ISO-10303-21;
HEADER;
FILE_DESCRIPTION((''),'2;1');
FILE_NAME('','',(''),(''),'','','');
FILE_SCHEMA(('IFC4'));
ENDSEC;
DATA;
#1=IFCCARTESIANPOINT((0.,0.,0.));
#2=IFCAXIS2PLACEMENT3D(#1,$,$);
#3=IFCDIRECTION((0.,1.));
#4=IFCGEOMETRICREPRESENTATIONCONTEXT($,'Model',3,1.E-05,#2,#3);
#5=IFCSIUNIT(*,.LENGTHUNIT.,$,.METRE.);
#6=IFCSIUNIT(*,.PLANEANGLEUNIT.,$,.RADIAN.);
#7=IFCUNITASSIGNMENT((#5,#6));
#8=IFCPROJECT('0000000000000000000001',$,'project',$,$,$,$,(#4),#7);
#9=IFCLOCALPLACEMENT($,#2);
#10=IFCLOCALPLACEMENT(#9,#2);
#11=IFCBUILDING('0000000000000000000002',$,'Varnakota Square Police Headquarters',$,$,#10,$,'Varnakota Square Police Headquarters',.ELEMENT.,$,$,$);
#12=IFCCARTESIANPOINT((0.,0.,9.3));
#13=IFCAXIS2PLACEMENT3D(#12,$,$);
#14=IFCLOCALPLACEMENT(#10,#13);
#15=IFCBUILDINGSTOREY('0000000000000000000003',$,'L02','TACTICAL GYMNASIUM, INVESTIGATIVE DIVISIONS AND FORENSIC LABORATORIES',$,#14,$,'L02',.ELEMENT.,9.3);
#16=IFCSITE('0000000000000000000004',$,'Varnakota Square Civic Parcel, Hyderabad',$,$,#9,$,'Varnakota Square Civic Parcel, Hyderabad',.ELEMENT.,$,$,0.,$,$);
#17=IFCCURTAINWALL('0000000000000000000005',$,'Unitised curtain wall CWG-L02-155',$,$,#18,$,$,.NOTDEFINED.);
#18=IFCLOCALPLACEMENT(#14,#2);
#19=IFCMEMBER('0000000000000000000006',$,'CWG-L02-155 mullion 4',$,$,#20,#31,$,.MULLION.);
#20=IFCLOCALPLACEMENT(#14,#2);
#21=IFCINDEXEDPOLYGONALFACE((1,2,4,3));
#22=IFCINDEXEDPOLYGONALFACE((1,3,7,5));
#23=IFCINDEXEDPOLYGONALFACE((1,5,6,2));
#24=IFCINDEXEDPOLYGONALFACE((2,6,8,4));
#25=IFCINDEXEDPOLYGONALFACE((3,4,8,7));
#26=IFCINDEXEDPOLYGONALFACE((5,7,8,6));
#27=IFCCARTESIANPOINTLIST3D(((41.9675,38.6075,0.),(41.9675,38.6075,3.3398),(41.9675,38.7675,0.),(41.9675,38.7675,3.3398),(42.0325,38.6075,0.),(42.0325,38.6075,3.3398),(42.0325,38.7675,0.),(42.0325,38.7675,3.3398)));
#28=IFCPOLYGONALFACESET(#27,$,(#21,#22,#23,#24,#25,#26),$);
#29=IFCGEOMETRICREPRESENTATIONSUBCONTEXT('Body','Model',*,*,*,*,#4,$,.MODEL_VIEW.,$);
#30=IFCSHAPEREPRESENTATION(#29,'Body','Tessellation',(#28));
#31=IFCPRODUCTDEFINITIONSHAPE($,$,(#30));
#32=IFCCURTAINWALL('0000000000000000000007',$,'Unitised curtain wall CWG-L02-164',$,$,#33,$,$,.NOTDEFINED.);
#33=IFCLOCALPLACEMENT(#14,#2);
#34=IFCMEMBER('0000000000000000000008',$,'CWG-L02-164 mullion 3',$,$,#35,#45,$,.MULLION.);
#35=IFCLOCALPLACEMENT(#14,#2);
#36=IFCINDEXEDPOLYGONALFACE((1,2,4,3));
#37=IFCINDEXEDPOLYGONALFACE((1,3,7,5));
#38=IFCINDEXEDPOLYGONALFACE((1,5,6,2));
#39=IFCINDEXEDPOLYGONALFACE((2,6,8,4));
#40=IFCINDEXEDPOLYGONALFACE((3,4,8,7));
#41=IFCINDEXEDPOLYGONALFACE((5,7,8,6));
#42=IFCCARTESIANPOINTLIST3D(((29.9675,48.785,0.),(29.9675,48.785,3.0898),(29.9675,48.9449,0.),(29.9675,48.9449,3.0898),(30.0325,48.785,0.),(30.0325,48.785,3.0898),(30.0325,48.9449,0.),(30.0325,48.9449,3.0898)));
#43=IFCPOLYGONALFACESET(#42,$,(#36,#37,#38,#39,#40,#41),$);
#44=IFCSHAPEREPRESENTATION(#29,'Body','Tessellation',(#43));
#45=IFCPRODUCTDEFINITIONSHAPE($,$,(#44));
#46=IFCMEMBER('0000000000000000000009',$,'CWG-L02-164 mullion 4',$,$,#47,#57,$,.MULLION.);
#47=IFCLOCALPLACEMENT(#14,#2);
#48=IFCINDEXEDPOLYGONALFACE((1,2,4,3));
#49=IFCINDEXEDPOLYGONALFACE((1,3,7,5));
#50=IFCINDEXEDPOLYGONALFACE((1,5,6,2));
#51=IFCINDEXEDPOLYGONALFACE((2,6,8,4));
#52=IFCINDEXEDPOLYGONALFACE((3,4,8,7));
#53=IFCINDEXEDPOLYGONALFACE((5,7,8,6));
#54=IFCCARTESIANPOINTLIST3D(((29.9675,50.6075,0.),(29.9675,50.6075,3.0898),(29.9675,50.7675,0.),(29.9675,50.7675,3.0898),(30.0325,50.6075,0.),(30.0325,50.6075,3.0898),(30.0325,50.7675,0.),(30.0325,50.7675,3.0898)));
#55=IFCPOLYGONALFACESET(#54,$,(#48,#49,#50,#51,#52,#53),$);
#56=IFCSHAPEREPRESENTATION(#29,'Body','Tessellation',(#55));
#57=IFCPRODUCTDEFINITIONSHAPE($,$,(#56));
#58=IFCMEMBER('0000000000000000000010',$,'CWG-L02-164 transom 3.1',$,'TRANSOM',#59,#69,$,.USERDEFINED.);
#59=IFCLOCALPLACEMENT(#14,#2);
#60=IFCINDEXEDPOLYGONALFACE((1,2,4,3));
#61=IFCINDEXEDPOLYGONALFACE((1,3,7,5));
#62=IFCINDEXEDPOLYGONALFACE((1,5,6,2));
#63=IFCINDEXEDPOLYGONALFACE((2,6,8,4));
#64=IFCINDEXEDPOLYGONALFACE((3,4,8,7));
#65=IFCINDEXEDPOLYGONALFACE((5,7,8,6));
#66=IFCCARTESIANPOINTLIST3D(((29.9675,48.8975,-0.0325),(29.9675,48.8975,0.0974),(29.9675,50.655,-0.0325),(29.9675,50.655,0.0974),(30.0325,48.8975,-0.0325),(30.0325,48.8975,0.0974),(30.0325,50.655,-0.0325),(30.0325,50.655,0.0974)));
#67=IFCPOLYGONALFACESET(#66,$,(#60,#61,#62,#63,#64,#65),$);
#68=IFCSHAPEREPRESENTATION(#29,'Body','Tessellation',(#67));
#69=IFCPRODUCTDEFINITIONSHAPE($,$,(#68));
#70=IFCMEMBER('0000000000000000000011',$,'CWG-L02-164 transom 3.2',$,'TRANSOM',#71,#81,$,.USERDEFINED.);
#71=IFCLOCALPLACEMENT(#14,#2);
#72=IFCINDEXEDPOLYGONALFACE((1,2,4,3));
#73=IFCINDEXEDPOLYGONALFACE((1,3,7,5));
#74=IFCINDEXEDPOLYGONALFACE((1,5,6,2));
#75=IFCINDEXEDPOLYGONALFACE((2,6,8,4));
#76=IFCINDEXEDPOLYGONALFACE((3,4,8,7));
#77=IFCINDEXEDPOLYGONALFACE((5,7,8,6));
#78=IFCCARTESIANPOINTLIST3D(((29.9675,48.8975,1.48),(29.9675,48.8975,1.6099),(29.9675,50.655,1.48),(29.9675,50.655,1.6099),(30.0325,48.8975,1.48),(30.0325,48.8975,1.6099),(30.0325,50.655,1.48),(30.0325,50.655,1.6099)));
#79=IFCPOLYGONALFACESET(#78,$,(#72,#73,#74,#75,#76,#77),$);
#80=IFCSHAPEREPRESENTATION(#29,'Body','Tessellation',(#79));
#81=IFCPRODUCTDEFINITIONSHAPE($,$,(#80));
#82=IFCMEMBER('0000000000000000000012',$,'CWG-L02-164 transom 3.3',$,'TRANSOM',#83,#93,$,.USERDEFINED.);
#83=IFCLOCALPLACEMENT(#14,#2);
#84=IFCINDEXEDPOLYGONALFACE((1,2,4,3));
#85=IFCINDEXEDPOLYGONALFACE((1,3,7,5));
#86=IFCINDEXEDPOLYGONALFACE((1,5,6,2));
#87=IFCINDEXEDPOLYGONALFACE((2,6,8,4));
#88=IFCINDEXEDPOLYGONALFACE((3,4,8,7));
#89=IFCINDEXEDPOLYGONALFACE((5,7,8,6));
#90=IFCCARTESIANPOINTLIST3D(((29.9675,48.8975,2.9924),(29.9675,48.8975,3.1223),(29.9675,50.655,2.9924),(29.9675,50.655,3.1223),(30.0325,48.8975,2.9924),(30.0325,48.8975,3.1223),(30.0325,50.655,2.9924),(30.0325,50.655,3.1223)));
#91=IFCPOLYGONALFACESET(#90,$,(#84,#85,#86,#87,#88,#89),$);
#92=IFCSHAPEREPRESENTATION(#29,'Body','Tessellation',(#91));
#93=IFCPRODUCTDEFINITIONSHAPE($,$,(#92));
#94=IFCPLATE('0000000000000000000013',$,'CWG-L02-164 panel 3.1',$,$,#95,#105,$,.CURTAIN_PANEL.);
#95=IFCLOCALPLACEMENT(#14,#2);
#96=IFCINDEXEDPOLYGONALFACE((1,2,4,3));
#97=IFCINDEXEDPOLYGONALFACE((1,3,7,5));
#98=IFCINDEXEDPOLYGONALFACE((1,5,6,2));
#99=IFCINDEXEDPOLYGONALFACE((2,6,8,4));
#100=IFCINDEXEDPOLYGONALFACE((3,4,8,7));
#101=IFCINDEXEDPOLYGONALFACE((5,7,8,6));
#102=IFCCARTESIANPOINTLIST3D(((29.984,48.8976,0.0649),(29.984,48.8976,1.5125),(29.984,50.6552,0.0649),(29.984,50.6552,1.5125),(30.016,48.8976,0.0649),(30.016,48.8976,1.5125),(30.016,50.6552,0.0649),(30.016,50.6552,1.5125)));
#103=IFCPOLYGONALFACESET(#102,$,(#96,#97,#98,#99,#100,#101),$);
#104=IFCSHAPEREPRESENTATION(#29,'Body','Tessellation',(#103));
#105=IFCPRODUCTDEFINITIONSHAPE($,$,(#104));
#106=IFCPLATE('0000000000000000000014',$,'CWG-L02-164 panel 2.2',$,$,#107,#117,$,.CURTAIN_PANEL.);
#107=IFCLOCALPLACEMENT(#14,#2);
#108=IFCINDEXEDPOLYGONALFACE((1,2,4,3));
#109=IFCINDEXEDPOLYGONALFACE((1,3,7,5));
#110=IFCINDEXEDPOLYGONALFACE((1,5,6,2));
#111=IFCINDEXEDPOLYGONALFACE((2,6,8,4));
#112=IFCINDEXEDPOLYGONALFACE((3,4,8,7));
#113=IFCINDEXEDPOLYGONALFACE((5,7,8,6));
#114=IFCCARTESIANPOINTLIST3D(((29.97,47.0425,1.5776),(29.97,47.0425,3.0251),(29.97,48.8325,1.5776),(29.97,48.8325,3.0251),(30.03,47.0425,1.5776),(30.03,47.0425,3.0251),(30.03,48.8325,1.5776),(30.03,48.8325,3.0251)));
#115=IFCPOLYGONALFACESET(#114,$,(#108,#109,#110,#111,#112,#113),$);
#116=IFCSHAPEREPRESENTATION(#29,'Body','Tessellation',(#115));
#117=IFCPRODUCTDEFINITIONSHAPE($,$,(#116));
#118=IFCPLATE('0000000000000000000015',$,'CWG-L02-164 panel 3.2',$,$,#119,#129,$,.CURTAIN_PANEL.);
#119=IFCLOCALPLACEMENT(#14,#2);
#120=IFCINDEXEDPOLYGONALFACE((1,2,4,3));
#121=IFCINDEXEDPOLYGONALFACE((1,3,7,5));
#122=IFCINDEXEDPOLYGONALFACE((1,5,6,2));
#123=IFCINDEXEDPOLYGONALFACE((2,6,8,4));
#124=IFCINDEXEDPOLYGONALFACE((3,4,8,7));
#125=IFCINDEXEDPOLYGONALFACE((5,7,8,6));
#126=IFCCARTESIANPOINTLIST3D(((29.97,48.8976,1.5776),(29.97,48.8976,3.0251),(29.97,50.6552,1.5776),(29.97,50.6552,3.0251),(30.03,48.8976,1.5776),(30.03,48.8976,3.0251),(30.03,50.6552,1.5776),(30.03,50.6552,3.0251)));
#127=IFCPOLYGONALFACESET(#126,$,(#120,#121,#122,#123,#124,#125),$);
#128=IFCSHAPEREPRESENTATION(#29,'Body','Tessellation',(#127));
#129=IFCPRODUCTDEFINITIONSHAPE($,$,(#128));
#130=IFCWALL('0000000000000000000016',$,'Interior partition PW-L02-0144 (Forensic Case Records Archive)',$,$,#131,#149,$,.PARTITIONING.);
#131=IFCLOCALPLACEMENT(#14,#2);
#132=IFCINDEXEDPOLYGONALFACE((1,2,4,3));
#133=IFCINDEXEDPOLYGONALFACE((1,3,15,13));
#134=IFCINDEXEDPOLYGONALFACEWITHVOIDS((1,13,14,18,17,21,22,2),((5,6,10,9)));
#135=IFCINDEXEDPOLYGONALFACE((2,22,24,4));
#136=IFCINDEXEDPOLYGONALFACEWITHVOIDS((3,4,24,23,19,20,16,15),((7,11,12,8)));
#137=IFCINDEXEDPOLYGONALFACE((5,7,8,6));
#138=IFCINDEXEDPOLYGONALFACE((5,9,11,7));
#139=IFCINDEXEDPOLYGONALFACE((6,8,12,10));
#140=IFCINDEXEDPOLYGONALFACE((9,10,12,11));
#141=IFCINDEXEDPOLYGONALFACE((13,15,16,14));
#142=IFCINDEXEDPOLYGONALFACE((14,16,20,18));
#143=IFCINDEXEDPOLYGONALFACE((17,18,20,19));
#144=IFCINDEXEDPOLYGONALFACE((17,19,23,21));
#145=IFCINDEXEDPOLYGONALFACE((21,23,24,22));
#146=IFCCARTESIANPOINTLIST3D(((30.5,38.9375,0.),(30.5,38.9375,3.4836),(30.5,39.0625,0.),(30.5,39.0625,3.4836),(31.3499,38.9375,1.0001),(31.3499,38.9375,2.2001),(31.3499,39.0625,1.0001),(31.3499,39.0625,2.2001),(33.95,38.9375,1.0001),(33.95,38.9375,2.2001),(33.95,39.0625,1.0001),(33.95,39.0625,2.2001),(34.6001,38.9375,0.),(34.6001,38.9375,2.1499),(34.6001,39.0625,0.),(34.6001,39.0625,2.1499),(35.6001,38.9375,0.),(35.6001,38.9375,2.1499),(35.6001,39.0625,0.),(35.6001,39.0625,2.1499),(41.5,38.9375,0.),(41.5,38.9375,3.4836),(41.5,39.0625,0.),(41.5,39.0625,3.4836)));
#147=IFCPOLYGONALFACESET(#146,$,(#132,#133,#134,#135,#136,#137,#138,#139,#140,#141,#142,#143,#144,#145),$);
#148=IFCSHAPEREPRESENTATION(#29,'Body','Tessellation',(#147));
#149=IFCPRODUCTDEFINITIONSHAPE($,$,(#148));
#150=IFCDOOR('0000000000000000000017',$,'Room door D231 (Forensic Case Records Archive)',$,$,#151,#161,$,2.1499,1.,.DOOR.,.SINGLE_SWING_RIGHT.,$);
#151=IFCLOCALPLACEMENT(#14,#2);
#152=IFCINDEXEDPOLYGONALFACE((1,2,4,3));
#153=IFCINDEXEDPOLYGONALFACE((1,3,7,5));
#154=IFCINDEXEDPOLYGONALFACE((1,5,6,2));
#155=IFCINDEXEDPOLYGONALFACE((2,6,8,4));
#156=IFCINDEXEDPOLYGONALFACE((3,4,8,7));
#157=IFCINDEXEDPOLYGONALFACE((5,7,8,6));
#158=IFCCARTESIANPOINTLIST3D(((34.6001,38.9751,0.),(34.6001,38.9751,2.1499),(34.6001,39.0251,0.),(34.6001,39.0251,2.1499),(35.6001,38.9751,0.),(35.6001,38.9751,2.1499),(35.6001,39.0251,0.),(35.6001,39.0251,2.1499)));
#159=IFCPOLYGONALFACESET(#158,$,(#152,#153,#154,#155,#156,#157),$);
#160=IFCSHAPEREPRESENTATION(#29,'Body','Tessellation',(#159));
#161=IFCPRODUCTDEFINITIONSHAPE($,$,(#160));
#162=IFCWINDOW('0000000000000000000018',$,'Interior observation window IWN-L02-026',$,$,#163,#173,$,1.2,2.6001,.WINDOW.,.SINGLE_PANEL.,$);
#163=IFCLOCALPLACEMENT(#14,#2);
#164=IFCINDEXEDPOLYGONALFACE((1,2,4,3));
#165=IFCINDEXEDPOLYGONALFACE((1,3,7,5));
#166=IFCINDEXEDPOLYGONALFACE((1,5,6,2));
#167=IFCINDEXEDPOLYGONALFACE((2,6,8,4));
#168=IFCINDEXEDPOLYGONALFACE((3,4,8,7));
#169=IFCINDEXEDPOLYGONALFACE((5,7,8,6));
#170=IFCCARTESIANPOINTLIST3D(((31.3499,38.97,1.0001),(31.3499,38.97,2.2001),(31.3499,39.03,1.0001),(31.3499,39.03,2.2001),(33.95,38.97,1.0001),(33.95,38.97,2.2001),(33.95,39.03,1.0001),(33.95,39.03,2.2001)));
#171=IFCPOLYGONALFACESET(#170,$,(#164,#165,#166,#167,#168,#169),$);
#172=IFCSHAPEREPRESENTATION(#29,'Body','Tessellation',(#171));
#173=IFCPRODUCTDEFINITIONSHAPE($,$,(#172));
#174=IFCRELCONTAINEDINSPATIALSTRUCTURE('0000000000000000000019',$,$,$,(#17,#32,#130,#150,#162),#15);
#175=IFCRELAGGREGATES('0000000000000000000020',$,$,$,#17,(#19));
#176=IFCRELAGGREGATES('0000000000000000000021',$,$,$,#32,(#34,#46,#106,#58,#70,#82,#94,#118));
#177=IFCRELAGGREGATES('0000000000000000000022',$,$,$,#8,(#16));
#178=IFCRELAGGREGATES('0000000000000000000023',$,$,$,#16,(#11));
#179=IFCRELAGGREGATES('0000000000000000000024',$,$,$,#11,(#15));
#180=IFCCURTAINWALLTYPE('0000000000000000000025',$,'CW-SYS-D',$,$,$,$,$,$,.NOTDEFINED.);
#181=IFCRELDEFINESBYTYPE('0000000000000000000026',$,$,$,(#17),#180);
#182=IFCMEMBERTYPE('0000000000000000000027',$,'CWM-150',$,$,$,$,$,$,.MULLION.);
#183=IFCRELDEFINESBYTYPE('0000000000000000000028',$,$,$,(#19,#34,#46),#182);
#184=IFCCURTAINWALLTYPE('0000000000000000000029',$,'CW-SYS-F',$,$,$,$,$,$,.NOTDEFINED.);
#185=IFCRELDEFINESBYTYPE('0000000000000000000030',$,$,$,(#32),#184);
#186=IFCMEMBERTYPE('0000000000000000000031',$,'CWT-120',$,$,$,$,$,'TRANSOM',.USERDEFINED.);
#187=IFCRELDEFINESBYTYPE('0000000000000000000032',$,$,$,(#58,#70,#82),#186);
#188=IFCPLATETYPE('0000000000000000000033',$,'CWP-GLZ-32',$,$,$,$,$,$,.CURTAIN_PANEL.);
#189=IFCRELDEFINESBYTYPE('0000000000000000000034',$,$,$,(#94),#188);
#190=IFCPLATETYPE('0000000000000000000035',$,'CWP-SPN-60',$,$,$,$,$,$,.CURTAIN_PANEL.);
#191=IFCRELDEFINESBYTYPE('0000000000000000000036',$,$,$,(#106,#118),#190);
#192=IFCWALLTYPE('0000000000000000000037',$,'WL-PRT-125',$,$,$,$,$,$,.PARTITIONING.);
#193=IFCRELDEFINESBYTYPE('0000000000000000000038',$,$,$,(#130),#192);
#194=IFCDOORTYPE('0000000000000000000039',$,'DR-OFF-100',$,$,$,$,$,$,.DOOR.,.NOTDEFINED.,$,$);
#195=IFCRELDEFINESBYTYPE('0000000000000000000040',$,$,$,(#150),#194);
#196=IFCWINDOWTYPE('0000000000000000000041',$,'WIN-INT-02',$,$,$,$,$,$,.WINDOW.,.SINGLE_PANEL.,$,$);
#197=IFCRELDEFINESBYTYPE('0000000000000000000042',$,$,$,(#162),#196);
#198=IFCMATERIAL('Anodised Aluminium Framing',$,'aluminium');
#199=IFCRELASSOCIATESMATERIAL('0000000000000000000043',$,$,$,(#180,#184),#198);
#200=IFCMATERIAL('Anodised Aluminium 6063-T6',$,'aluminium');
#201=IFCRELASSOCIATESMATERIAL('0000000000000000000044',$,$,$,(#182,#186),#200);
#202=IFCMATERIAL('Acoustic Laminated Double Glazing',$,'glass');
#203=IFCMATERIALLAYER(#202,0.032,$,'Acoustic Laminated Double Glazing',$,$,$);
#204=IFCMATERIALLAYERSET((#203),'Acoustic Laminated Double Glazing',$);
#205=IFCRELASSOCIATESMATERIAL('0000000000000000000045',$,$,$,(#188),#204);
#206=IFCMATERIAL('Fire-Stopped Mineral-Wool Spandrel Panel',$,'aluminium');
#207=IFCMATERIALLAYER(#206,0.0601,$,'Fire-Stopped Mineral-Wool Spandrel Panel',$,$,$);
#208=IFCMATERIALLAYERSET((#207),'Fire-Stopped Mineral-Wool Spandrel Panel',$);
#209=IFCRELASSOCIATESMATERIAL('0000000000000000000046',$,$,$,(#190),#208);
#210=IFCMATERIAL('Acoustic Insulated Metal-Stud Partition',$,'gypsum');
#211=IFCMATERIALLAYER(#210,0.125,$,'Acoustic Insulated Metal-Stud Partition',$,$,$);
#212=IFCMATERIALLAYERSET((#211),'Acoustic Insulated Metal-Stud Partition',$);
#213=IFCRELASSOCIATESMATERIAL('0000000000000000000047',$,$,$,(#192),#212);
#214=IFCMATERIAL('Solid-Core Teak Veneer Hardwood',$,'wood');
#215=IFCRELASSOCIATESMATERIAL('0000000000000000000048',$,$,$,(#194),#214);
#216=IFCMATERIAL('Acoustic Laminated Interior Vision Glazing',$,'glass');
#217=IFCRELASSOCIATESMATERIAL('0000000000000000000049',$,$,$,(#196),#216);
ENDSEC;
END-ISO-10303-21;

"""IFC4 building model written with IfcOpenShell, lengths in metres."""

from ifc_helpers import new_model, si_unit, direction, frame, frame_2d, origin, origin_2d, place, context, subcontext, project, spatial, rectangle, extrude, material, layer, layer_set, material_profile, profile_set, type_object, element, fill, aggregate, save


model = new_model("IFC4")

# Units and contexts
model_context = context("Model", 3, precision=1e-05, world=origin(), true_north=direction((0.0, 1.0)))
body_context = subcontext(model_context, "Body", "Model", "MODEL_VIEW")
ifc_project = project(units=[si_unit("LENGTHUNIT", "METRE"), si_unit("PLANEANGLEUNIT", "RADIAN")], contexts=[model_context])

# Site, building, storey
site_placement = place(None, origin())
site = spatial("IfcSite", under=ifc_project, at=site_placement, Name="Varnakota Square Civic Parcel, Hyderabad", LongName="Varnakota Square Civic Parcel, Hyderabad", CompositionType="ELEMENT", RefElevation=0.0)
building_placement = place(site_placement, origin())
building = spatial("IfcBuilding", under=site, at=building_placement, Name="Varnakota Square Police Headquarters", LongName="Varnakota Square Police Headquarters", CompositionType="ELEMENT")
storey_placement = place(building_placement, frame((0.0, 0.0, 9.3)))
storey = spatial("IfcBuildingStorey", under=building, at=storey_placement, Name="L02", Description="TACTICAL GYMNASIUM, INVESTIGATIVE DIVISIONS AND FORENSIC LABORATORIES", LongName="L02", CompositionType="ELEMENT", Elevation=9.3)

# Curtain wall, member
ifc_material_1 = material(Name="Anodised Aluminium Framing", Category="aluminium")
curtain_wall_type_1 = type_object("IfcCurtainWallType", Name="CW-SYS-D", PredefinedType="NOTDEFINED", material=ifc_material_1)
curtain_wall_1_placement = place(storey_placement, origin())
curtain_wall_1 = element("IfcCurtainWall", 1, at=curtain_wall_1_placement, inside=storey, type_object=curtain_wall_type_1, Name="Unitised curtain wall CWG-L02-155", PredefinedType="NOTDEFINED")
ifc_material_2 = material(Name="Anodised Aluminium 6063-T6", Category="aluminium")
ifc_material_profile_1 = material_profile(ifc_material_2, rectangle(XDim=0.0649, YDim=0.1599, at=origin_2d()), Name="ALU MULLION 65x160")
ifc_profile_set_1 = profile_set([ifc_material_profile_1], Name="Anodised Aluminium 6063-T6")
member_type_1 = type_object("IfcMemberType", Name="CWM-150", PredefinedType="MULLION", material=ifc_profile_set_1)
member_1_placement = place(storey_placement, frame((42.0, 38.6875, 0.0), z_axis=(0.0, 0.0, 1.0), x_axis=(-1.0, 0.0, 0.0)))
member_1 = element("IfcMember", 2, at=member_1_placement, type_object=member_type_1, Name="CWG-L02-155 mullion 4", PredefinedType="MULLION", context=body_context, shape_type="SweptSolid", body=[
    extrude(rectangle(XDim=0.0649, YDim=0.1599, at=origin_2d()), origin(), (0.0, 0.0, 1.0), 3.3398),
])
aggregate(curtain_wall_1, [member_1])

# Curtain wall, members, plates
curtain_wall_type_2 = type_object("IfcCurtainWallType", Name="CW-SYS-F", PredefinedType="NOTDEFINED", material=ifc_material_1)
curtain_wall_2_placement = place(storey_placement, origin())
curtain_wall_2 = element("IfcCurtainWall", 3, at=curtain_wall_2_placement, inside=storey, type_object=curtain_wall_type_2, Name="Unitised curtain wall CWG-L02-164", PredefinedType="NOTDEFINED")
member_2_placement = place(storey_placement, frame((30.0, 48.865, 0.0), z_axis=(0.0, 0.0, 1.0), x_axis=(-1.0, 0.0, 0.0)))
member_2 = element("IfcMember", 4, at=member_2_placement, type_object=member_type_1, Name="CWG-L02-164 mullion 3", PredefinedType="MULLION", context=body_context, shape_type="SweptSolid", body=[
    extrude(rectangle(XDim=0.0649, YDim=0.1599, at=origin_2d()), origin(), (0.0, 0.0, 1.0), 3.0898),
])
member_3_placement = place(storey_placement, frame((30.0, 50.6875, 0.0), z_axis=(0.0, 0.0, 1.0), x_axis=(-1.0, 0.0, 0.0)))
member_3 = element("IfcMember", 5, at=member_3_placement, type_object=member_type_1, Name="CWG-L02-164 mullion 4", PredefinedType="MULLION", context=body_context, shape_type="SweptSolid", body=[
    extrude(rectangle(XDim=0.0649, YDim=0.1599, at=origin_2d()), origin(), (0.0, 0.0, 1.0), 3.0898),
])
ifc_material_profile_2 = material_profile(ifc_material_2, rectangle(XDim=0.0649, YDim=0.1299, at=origin_2d()), Name="ALU TRANSOM 65x130")
ifc_profile_set_2 = profile_set([ifc_material_profile_2], Name="Anodised Aluminium 6063-T6")
member_type_2 = type_object("IfcMemberType", Name="CWT-120", ElementType="TRANSOM", PredefinedType="USERDEFINED", material=ifc_profile_set_2)
member_4_placement = place(storey_placement, frame((30.0, 48.8975, 0.0325), z_axis=(0.0, 1.0, 0.0), x_axis=(-1.0, 0.0, 0.0)))
member_4 = element("IfcMember", 6, at=member_4_placement, type_object=member_type_2, Name="CWG-L02-164 transom 3.1", ObjectType="TRANSOM", PredefinedType="USERDEFINED", context=body_context, shape_type="SweptSolid", body=[
    extrude(rectangle(XDim=0.0649, YDim=0.1299, at=origin_2d()), origin(), (0.0, 0.0, 1.0), 1.7576),
])
member_5_placement = place(storey_placement, frame((30.0, 48.8975, 1.5449), z_axis=(0.0, 1.0, 0.0), x_axis=(-1.0, 0.0, 0.0)))
member_5 = element("IfcMember", 7, at=member_5_placement, type_object=member_type_2, Name="CWG-L02-164 transom 3.2", ObjectType="TRANSOM", PredefinedType="USERDEFINED", context=body_context, shape_type="SweptSolid", body=[
    extrude(rectangle(XDim=0.0649, YDim=0.1299, at=origin_2d()), origin(), (0.0, 0.0, 1.0), 1.7576),
])
member_6_placement = place(storey_placement, frame((30.0, 48.8975, 3.0574), z_axis=(0.0, 1.0, 0.0), x_axis=(-1.0, 0.0, 0.0)))
member_6 = element("IfcMember", 8, at=member_6_placement, type_object=member_type_2, Name="CWG-L02-164 transom 3.3", ObjectType="TRANSOM", PredefinedType="USERDEFINED", context=body_context, shape_type="SweptSolid", body=[
    extrude(rectangle(XDim=0.0649, YDim=0.1299, at=origin_2d()), origin(), (0.0, 0.0, 1.0), 1.7576),
])
ifc_material_3 = material(Name="Acoustic Laminated Double Glazing", Category="glass")
ifc_layer_1 = layer(ifc_material_3, 0.032, Name="Acoustic Laminated Double Glazing")
ifc_layer_set_1 = layer_set([ifc_layer_1], Name="Acoustic Laminated Double Glazing")
plate_type_1 = type_object("IfcPlateType", Name="CWP-GLZ-32", PredefinedType="CURTAIN_PANEL", material=ifc_layer_set_1)
plate_1_placement = place(storey_placement, frame((30.0, 49.7764, 0.0649), z_axis=(0.0, 0.0, 1.0), x_axis=(0.0, 1.0, 0.0)))
plate_1 = element("IfcPlate", 9, at=plate_1_placement, type_object=plate_type_1, Name="CWG-L02-164 panel 3.1", PredefinedType="CURTAIN_PANEL", context=body_context, shape_type="SweptSolid", body=[
    extrude(rectangle(XDim=1.7576, YDim=0.032, at=origin_2d()), origin(), (0.0, 0.0, 1.0), 1.4475),
])
ifc_material_4 = material(Name="Fire-Stopped Mineral-Wool Spandrel Panel", Category="aluminium")
ifc_layer_2 = layer(ifc_material_4, 0.0601, Name="Fire-Stopped Mineral-Wool Spandrel Panel")
ifc_layer_set_2 = layer_set([ifc_layer_2], Name="Fire-Stopped Mineral-Wool Spandrel Panel")
plate_type_2 = type_object("IfcPlateType", Name="CWP-SPN-60", PredefinedType="CURTAIN_PANEL", material=ifc_layer_set_2)
plate_2_placement = place(storey_placement, frame((30.0, 47.9375, 1.5776), z_axis=(0.0, 0.0, 1.0), x_axis=(0.0, 1.0, 0.0)))
plate_2 = element("IfcPlate", 10, at=plate_2_placement, type_object=plate_type_2, Name="CWG-L02-164 panel 2.2", PredefinedType="CURTAIN_PANEL", context=body_context, shape_type="SweptSolid", body=[
    extrude(rectangle(XDim=1.79, YDim=0.0601, at=origin_2d()), origin(), (0.0, 0.0, 1.0), 1.4475),
])
plate_3_placement = place(storey_placement, frame((30.0, 49.7764, 1.5776), z_axis=(0.0, 0.0, 1.0), x_axis=(0.0, 1.0, 0.0)))
plate_3 = element("IfcPlate", 11, at=plate_3_placement, type_object=plate_type_2, Name="CWG-L02-164 panel 3.2", PredefinedType="CURTAIN_PANEL", context=body_context, shape_type="SweptSolid", body=[
    extrude(rectangle(XDim=1.7576, YDim=0.0601, at=origin_2d()), origin(), (0.0, 0.0, 1.0), 1.4475),
])
aggregate(curtain_wall_2, [member_2, member_3, plate_2, member_4, member_5, member_6, plate_1, plate_3])

# Wall, openings, door, window
ifc_material_5 = material(Name="Acoustic Insulated Metal-Stud Partition", Category="gypsum")
ifc_layer_3 = layer(ifc_material_5, 0.125, Name="Acoustic Insulated Metal-Stud Partition")
ifc_layer_set_3 = layer_set([ifc_layer_3], Name="Acoustic Insulated Metal-Stud Partition")
wall_type = type_object("IfcWallType", Name="WL-PRT-125", PredefinedType="PARTITIONING", material=ifc_layer_set_3)
wall_placement = place(storey_placement, frame((41.5, 39.0, 0.0), z_axis=(0.0, 0.0, 1.0), x_axis=(-1.0, 0.0, 0.0)))
wall = element("IfcWall", 12, at=wall_placement, inside=storey, type_object=wall_type, Name="Interior partition PW-L02-0144 (Forensic Case Records Archive)", PredefinedType="PARTITIONING", context=body_context, shape_type="SweptSolid", body=[
    extrude(rectangle(XDim=11.0, YDim=0.125, at=frame_2d((5.5, 0.0))), origin(), (0.0, 0.0, 1.0), 3.4836),
])
opening_1_placement = place(wall_placement, frame((5.8999, 0.0, 0.0)))
opening_1 = element("IfcOpeningElement", 13, at=opening_1_placement, cuts=wall, PredefinedType="OPENING", context=body_context, shape_type="SweptSolid", body=[
    extrude(rectangle(XDim=1.0, YDim=2.1499, at=frame_2d((0.5, 1.075))), frame((0.0, 0.0725, 0.0), z_axis=(0.0, -1.0, 0.0), x_axis=(1.0, 0.0, 0.0)), (0.0, 0.0, 1.0), 0.145),
])
opening_2_placement = place(wall_placement, frame((7.55, 0.0, 1.0)))
opening_2 = element("IfcOpeningElement", 14, at=opening_2_placement, cuts=wall, PredefinedType="OPENING", context=body_context, shape_type="SweptSolid", body=[
    extrude(rectangle(XDim=2.6001, YDim=1.2, at=frame_2d((1.3, 0.6001))), frame((0.0, 0.0725, 0.0), z_axis=(0.0, -1.0, 0.0), x_axis=(1.0, 0.0, 0.0)), (0.0, 0.0, 1.0), 0.145),
])
ifc_material_6 = material(Name="Solid-Core Teak Veneer Hardwood", Category="wood")
door_type = type_object("IfcDoorType", Name="DR-OFF-100", OperationType="NOTDEFINED", PredefinedType="DOOR", material=ifc_material_6)
door_placement = place(opening_1_placement, origin())
door = element("IfcDoor", 15, at=door_placement, inside=storey, type_object=door_type, Name="Room door D231 (Forensic Case Records Archive)", OperationType="SINGLE_SWING_RIGHT", OverallHeight=2.1499, OverallWidth=1.0, PredefinedType="DOOR", context=body_context, shape_type="SweptSolid", body=[
    extrude(rectangle(XDim=1.0, YDim=2.1499, at=frame_2d((0.5, 1.075))), frame((0.0, 0.0249, 0.0), z_axis=(0.0, -1.0, 0.0), x_axis=(1.0, 0.0, 0.0)), (0.0, 0.0, 1.0), 0.05),
])
fill(opening_1, door)
ifc_material_7 = material(Name="Acoustic Laminated Interior Vision Glazing", Category="glass")
window_type = type_object("IfcWindowType", Name="WIN-INT-02", PartitioningType="SINGLE_PANEL", PredefinedType="WINDOW", material=ifc_material_7)
window_placement = place(opening_2_placement, origin())
window = element("IfcWindow", 16, at=window_placement, inside=storey, type_object=window_type, Name="Interior observation window IWN-L02-026", OverallHeight=1.2, OverallWidth=2.6001, PartitioningType="SINGLE_PANEL", PredefinedType="WINDOW", context=body_context, shape_type="SweptSolid", body=[
    extrude(rectangle(XDim=2.6001, YDim=1.2, at=frame_2d((1.3, 0.6001))), frame((0.0, 0.03, 0.0), z_axis=(0.0, -1.0, 0.0), x_axis=(1.0, 0.0, 0.0)), (0.0, 0.0, 1.0), 0.0601),
])
fill(opening_2, window)

save(model, "model.ifc")
